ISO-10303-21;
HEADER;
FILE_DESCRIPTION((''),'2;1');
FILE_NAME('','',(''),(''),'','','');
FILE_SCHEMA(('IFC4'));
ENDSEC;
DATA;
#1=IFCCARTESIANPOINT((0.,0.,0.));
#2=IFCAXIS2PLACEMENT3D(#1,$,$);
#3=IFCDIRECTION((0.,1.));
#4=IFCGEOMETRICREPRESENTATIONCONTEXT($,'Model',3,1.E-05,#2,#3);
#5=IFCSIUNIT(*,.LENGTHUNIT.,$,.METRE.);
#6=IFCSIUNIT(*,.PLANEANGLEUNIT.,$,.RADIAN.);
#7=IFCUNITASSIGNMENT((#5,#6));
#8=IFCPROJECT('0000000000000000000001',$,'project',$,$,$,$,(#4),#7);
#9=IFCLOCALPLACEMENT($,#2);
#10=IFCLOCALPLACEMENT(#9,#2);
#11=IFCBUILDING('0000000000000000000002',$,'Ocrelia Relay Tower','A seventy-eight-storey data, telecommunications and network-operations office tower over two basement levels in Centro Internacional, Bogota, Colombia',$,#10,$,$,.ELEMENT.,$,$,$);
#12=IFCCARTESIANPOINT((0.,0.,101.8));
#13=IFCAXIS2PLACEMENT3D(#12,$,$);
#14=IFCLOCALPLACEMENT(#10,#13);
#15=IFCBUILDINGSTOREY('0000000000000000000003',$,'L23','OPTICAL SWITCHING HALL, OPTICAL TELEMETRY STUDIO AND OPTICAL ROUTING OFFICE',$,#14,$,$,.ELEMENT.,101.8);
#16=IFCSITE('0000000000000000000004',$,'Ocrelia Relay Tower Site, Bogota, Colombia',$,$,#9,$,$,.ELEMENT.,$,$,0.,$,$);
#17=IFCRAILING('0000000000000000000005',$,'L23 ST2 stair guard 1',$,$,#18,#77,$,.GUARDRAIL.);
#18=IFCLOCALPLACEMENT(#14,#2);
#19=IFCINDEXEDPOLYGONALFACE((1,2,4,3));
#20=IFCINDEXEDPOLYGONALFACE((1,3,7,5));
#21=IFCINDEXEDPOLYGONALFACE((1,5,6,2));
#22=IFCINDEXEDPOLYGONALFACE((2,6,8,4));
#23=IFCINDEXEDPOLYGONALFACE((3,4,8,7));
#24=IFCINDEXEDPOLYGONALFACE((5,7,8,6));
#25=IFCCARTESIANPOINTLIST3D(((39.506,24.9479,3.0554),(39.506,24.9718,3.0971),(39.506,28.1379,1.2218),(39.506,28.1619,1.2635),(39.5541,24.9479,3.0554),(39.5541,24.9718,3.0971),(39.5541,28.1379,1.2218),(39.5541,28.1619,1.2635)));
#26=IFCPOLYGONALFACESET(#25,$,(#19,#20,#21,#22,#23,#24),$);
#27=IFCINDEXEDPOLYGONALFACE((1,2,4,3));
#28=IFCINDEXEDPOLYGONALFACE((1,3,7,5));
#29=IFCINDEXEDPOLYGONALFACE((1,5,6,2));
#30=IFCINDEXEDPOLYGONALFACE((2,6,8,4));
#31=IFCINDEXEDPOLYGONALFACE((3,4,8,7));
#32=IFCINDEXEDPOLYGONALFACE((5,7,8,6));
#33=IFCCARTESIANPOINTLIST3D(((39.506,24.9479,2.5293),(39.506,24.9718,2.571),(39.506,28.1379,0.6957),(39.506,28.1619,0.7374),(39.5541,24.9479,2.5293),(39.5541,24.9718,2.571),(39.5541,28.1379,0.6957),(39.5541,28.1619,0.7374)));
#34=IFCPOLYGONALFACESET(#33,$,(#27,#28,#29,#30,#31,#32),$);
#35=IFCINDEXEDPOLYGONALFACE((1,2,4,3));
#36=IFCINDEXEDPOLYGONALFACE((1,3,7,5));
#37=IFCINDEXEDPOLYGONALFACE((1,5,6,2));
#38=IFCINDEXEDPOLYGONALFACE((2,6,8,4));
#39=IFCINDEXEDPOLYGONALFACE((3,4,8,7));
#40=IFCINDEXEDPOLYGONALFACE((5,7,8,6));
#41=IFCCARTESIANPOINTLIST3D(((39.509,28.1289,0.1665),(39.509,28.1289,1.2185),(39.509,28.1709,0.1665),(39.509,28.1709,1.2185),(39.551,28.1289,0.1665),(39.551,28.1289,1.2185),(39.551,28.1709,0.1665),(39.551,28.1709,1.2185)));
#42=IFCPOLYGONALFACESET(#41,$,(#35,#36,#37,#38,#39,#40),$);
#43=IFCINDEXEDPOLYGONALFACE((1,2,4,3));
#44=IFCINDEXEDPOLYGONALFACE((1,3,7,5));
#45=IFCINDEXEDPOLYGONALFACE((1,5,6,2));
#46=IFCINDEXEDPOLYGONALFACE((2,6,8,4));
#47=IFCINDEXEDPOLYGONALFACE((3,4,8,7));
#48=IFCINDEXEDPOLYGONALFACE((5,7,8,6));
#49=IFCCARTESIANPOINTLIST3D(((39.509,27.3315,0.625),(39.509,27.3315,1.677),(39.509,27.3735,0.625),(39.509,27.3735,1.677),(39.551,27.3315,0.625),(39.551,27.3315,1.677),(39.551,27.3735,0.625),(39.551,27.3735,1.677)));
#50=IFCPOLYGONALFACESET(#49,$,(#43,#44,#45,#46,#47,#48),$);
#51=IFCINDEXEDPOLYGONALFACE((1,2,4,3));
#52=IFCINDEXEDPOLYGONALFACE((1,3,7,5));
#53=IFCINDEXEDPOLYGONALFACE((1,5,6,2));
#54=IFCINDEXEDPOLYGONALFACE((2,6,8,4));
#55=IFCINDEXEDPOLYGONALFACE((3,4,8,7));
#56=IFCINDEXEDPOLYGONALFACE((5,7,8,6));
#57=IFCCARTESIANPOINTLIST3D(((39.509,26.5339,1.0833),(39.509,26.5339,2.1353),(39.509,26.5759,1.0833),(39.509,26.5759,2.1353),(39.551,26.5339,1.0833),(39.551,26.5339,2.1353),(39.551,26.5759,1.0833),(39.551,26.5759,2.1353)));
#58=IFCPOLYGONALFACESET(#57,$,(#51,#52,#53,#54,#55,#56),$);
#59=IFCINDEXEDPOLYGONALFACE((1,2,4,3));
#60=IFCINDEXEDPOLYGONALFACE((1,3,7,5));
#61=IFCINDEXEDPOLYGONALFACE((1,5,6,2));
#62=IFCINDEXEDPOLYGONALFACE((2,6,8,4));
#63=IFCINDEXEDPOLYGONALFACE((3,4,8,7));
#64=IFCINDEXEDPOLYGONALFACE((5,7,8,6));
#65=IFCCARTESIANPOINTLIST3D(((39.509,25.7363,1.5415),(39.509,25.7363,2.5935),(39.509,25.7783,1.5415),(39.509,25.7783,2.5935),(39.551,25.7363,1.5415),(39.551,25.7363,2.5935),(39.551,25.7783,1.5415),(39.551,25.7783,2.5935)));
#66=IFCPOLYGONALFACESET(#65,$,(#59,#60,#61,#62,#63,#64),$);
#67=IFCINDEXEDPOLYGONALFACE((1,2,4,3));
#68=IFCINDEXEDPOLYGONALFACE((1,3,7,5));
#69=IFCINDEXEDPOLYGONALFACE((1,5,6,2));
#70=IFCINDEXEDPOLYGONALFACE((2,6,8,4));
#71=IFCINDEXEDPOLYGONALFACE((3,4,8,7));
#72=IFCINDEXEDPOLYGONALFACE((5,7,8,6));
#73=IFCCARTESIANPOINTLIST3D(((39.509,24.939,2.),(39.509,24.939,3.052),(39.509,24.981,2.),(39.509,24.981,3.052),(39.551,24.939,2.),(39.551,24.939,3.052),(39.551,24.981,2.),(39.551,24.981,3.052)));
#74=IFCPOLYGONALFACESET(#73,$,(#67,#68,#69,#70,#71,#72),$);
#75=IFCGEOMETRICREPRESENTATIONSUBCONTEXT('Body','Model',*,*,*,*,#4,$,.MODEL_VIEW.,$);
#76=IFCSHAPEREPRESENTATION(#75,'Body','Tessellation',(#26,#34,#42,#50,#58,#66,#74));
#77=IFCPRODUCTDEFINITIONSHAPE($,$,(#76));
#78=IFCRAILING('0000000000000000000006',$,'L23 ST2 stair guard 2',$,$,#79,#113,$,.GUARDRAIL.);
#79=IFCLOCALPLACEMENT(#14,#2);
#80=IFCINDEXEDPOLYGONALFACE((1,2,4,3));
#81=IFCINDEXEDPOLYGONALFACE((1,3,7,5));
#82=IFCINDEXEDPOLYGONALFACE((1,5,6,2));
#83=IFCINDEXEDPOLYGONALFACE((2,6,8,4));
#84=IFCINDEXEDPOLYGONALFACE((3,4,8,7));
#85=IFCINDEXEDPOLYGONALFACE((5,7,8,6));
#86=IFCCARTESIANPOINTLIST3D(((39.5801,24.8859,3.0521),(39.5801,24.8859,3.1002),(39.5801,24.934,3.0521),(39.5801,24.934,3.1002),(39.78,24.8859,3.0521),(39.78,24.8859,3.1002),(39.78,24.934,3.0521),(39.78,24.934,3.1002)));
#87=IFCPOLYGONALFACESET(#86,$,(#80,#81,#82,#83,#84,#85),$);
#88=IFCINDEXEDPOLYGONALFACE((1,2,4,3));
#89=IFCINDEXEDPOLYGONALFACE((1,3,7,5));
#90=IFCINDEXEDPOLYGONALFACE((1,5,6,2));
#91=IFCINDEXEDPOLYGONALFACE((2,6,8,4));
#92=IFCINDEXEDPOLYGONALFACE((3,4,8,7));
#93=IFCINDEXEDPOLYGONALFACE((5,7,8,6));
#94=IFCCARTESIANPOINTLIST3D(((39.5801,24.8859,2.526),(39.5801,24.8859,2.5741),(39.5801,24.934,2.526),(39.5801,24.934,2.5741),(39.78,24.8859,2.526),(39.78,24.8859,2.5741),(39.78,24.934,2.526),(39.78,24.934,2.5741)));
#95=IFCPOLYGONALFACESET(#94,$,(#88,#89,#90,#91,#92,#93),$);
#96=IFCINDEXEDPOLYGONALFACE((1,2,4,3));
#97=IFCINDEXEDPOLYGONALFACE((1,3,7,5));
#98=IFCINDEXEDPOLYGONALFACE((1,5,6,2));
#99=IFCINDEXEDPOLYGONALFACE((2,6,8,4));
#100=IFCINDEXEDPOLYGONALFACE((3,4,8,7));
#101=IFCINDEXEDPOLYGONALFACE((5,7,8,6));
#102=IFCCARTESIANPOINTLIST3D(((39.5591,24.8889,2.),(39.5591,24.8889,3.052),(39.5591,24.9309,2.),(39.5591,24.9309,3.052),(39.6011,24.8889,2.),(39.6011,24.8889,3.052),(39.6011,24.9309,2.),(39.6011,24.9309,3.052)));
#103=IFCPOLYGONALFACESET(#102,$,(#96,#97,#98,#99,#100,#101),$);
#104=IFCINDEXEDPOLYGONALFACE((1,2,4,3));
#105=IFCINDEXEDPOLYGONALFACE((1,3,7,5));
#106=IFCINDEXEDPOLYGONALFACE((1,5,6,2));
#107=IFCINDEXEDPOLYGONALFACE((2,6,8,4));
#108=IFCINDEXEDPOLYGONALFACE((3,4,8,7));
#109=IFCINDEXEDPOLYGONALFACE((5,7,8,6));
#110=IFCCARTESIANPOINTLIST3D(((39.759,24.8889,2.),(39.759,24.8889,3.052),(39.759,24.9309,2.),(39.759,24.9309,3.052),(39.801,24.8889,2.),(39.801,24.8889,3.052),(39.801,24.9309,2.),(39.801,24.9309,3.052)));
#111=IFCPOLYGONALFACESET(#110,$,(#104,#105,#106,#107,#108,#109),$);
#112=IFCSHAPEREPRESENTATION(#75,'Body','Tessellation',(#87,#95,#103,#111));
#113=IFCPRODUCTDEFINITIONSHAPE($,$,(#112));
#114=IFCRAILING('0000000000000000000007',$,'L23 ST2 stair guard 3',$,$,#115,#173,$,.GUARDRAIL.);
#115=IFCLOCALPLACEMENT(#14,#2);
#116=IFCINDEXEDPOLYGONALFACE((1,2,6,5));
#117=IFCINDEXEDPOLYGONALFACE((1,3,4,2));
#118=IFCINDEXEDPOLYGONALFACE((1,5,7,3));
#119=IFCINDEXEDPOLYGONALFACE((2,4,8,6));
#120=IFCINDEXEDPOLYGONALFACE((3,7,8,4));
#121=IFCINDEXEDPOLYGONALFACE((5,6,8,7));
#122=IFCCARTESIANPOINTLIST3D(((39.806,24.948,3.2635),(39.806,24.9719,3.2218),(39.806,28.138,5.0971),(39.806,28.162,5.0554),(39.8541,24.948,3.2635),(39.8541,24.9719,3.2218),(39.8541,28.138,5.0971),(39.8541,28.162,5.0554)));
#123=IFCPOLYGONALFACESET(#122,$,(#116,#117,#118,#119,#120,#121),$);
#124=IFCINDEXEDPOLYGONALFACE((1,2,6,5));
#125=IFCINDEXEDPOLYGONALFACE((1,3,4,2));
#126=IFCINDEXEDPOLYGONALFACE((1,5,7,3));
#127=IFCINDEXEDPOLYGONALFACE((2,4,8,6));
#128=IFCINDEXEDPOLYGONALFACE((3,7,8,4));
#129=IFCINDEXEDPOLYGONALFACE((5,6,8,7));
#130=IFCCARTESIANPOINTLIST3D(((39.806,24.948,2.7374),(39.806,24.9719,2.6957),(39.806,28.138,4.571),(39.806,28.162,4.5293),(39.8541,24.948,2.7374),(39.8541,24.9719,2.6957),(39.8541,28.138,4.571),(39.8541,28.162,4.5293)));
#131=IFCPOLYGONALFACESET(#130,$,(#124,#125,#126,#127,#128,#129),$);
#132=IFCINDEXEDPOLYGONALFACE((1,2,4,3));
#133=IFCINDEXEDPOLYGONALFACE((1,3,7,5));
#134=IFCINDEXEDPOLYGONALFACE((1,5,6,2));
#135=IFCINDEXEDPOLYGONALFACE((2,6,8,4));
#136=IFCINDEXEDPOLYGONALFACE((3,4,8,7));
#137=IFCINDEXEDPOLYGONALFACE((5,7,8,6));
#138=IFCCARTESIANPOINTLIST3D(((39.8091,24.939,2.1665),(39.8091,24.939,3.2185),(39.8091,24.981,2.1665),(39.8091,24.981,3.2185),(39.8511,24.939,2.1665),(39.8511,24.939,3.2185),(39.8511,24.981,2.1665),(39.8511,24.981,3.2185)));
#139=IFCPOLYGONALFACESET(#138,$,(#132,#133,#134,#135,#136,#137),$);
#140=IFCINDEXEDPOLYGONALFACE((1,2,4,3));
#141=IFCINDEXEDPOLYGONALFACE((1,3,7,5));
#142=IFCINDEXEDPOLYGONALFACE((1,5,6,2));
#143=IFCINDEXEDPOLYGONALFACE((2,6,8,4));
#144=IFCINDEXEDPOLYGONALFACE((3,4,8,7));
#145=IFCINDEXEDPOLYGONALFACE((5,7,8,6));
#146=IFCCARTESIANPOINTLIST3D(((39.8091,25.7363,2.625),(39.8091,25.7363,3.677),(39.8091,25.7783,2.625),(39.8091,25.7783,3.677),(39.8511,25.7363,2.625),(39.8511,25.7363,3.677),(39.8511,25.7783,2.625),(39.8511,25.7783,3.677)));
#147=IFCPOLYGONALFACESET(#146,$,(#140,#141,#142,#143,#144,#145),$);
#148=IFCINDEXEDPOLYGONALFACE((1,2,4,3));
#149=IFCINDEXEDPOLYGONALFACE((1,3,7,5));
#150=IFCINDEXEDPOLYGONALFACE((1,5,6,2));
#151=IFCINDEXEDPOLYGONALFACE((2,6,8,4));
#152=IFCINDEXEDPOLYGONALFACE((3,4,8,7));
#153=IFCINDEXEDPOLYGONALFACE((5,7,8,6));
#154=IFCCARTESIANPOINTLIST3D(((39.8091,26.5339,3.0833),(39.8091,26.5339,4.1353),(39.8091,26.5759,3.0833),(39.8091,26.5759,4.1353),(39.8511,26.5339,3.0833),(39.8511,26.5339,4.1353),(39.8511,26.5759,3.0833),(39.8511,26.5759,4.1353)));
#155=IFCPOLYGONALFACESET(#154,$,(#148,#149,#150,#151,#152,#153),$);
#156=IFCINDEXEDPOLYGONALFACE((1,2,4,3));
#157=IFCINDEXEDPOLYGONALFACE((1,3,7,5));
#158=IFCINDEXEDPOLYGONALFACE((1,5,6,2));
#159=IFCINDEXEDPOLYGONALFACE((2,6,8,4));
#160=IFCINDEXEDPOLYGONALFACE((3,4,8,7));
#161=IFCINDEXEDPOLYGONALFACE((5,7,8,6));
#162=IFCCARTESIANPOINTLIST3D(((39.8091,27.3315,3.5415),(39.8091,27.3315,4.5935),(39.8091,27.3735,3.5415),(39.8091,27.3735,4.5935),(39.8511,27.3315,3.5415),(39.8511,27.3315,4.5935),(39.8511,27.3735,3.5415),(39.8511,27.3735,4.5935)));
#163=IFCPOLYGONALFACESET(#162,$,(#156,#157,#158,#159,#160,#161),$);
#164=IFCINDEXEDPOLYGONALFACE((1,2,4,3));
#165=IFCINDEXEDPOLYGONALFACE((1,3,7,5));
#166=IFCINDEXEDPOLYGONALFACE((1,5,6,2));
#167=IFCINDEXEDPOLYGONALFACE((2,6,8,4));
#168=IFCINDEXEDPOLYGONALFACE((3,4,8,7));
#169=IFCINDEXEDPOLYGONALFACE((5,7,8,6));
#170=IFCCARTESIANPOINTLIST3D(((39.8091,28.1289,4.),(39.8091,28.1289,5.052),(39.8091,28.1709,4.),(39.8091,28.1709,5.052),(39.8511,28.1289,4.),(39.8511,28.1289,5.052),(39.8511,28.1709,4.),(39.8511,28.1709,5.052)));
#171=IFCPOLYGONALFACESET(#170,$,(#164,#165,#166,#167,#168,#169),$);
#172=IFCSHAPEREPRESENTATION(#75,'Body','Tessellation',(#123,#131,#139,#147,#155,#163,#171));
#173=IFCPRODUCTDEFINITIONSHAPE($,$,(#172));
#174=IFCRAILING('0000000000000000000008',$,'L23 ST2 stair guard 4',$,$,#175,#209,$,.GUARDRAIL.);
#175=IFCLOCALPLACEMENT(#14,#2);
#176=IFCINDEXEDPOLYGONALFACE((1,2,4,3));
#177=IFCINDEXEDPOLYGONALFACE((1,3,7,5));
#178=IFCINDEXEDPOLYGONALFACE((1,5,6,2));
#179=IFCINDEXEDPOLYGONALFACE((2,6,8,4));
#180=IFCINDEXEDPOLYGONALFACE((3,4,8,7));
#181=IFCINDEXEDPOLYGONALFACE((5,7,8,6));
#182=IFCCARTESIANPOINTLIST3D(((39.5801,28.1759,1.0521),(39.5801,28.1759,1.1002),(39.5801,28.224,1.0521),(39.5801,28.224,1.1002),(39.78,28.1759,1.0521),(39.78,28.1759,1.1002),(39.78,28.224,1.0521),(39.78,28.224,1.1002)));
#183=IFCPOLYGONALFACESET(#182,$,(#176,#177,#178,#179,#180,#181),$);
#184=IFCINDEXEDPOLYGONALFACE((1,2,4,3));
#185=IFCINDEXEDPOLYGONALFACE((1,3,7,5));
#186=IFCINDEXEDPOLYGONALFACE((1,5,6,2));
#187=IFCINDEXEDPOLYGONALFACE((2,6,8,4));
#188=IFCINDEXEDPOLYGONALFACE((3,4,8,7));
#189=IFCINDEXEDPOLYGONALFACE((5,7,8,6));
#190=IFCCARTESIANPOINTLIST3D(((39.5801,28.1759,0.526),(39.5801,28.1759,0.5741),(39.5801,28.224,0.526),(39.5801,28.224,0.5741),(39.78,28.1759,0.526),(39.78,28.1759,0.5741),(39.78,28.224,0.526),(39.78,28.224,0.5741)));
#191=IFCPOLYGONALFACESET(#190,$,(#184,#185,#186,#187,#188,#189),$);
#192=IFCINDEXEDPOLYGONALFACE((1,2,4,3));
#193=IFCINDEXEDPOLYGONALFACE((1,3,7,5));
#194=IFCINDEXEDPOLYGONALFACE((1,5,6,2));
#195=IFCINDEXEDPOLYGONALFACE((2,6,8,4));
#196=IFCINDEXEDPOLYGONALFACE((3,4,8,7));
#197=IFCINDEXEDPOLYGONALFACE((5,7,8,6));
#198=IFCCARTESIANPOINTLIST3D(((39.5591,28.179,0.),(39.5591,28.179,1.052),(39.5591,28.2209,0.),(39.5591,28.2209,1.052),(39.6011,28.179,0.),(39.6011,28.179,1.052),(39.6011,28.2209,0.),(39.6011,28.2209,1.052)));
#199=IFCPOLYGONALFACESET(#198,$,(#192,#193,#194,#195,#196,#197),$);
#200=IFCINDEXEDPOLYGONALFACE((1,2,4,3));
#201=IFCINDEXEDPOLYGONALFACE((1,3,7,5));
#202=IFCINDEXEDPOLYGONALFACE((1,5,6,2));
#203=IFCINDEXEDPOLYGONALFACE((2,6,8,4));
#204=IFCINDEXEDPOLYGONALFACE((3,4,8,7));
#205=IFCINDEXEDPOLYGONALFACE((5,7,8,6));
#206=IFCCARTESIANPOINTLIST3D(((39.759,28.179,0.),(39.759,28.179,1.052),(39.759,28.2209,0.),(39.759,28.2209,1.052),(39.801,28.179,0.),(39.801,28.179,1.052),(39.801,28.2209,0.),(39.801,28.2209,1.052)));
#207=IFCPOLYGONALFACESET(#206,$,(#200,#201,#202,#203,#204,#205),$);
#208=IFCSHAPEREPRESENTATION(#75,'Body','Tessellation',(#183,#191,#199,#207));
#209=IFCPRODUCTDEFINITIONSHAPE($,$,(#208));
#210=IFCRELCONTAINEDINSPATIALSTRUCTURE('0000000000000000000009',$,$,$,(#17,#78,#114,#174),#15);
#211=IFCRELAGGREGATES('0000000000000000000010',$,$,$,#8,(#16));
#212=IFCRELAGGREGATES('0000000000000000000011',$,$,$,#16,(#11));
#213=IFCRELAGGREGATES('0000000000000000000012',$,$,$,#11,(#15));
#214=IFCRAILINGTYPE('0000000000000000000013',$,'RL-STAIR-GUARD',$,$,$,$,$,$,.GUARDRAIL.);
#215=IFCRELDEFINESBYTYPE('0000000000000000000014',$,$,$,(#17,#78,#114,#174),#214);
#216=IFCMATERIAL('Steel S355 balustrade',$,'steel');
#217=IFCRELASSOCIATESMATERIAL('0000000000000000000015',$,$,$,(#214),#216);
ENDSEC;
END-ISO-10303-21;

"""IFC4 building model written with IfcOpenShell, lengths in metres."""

from ifc_helpers import new_model, si_unit, direction, frame, origin, origin_2d, place, context, subcontext, project, spatial, rectangle, extrude, material, type_object, element, save


model = new_model("IFC4")

# Units and contexts
model_context = context("Model", 3, precision=1e-05, world=origin(), true_north=direction((0.0, 1.0)))
body_context = subcontext(model_context, "Body", "Model", "MODEL_VIEW")
ifc_project = project(units=[si_unit("LENGTHUNIT", "METRE"), si_unit("PLANEANGLEUNIT", "RADIAN")], contexts=[model_context])

# Site, building, storey
site_placement = place(None, origin())
site = spatial("IfcSite", under=ifc_project, at=site_placement, Name="Ocrelia Relay Tower Site, Bogota, Colombia", CompositionType="ELEMENT", RefElevation=0.0)
building_placement = place(site_placement, origin())
building = spatial("IfcBuilding", under=site, at=building_placement, Name="Ocrelia Relay Tower", Description="A seventy-eight-storey data, telecommunications and network-operations office tower over two basement levels in Centro Internacional, Bogota, Colombia", CompositionType="ELEMENT")
storey_placement = place(building_placement, frame((0.0, 0.0, 101.8)))
storey = spatial("IfcBuildingStorey", under=building, at=storey_placement, Name="L23", Description="OPTICAL SWITCHING HALL, OPTICAL TELEMETRY STUDIO AND OPTICAL ROUTING OFFICE", CompositionType="ELEMENT", Elevation=101.8)

# Railings
ifc_material_1 = material(Name="Steel S355 balustrade", Category="steel")
railing_type_1 = type_object("IfcRailingType", Name="RL-STAIR-GUARD", PredefinedType="GUARDRAIL", material=ifc_material_1)
railing_1_placement = place(storey_placement, frame((39.53, 28.1499, 0.1665)))
element("IfcRailing", 1, at=railing_1_placement, inside=storey, type_object=railing_type_1, Name="L23 ST2 stair guard 1", PredefinedType="GUARDRAIL", context=body_context, shape_type="SweptSolid", body=[
    extrude(rectangle(XDim=0.0481, YDim=0.0481, at=origin_2d()), frame((0.0, 0.0, 1.0762), z_axis=(0.0, -0.866991, 0.498324), x_axis=(1.0, 0.0, 0.0)), (0.0, 0.0, 1.0), 3.6794),
    extrude(rectangle(XDim=0.0481, YDim=0.0481, at=origin_2d()), frame((0.0, 0.0, 0.55), z_axis=(0.0, -0.866991, 0.498324), x_axis=(1.0, 0.0, 0.0)), (0.0, 0.0, 1.0), 3.6794),
    extrude(rectangle(XDim=0.042, YDim=0.042, at=origin_2d()), origin(), (0.0, 0.0, 1.0), 1.052),
    extrude(rectangle(XDim=0.042, YDim=0.042, at=origin_2d()), frame((0.0, -0.7974, 0.4585)), (0.0, 0.0, 1.0), 1.052),
    extrude(rectangle(XDim=0.042, YDim=0.042, at=origin_2d()), frame((0.0, -1.595, 0.9167)), (0.0, 0.0, 1.0), 1.052),
    extrude(rectangle(XDim=0.042, YDim=0.042, at=origin_2d()), frame((0.0, -2.3926, 1.375)), (0.0, 0.0, 1.0), 1.052),
    extrude(rectangle(XDim=0.042, YDim=0.042, at=origin_2d()), frame((0.0, -3.1899, 1.8335)), (0.0, 0.0, 1.0), 1.052),
])
railing_2_placement = place(storey_placement, frame((39.5801, 24.9099, 2.0)))
element("IfcRailing", 2, at=railing_2_placement, inside=storey, type_object=railing_type_1, Name="L23 ST2 stair guard 2", PredefinedType="GUARDRAIL", context=body_context, shape_type="SweptSolid", body=[
    extrude(rectangle(XDim=0.0481, YDim=0.0481, at=origin_2d()), frame((0.0, 0.0, 1.0762), z_axis=(1.0, 0.0, 0.0), x_axis=(0.0, 1.0, 0.0)), (0.0, 0.0, 1.0), 0.2),
    extrude(rectangle(XDim=0.0481, YDim=0.0481, at=origin_2d()), frame((0.0, 0.0, 0.55), z_axis=(1.0, 0.0, 0.0), x_axis=(0.0, 1.0, 0.0)), (0.0, 0.0, 1.0), 0.2),
    extrude(rectangle(XDim=0.042, YDim=0.042, at=origin_2d()), origin(), (0.0, 0.0, 1.0), 1.052),
    extrude(rectangle(XDim=0.042, YDim=0.042, at=origin_2d()), frame((0.2, 0.0, 0.0)), (0.0, 0.0, 1.0), 1.052),
])
railing_3_placement = place(storey_placement, frame((39.8301, 24.96, 2.1665)))
element("IfcRailing", 3, at=railing_3_placement, inside=storey, type_object=railing_type_1, Name="L23 ST2 stair guard 3", PredefinedType="GUARDRAIL", context=body_context, shape_type="SweptSolid", body=[
    extrude(rectangle(XDim=0.0481, YDim=0.0481, at=origin_2d()), frame((0.0, 0.0, 1.0762), z_axis=(0.0, 0.866991, 0.498324), x_axis=(-1.0, 0.0, 0.0)), (0.0, 0.0, 1.0), 3.6794),
    extrude(rectangle(XDim=0.0481, YDim=0.0481, at=origin_2d()), frame((0.0, 0.0, 0.55), z_axis=(0.0, 0.866991, 0.498324), x_axis=(-1.0, 0.0, 0.0)), (0.0, 0.0, 1.0), 3.6794),
    extrude(rectangle(XDim=0.042, YDim=0.042, at=origin_2d()), origin(), (0.0, 0.0, 1.0), 1.052),
    extrude(rectangle(XDim=0.042, YDim=0.042, at=origin_2d()), frame((0.0, 0.7974, 0.4585)), (0.0, 0.0, 1.0), 1.052),
    extrude(rectangle(XDim=0.042, YDim=0.042, at=origin_2d()), frame((0.0, 1.595, 0.9167)), (0.0, 0.0, 1.0), 1.052),
    extrude(rectangle(XDim=0.042, YDim=0.042, at=origin_2d()), frame((0.0, 2.3926, 1.375)), (0.0, 0.0, 1.0), 1.052),
    extrude(rectangle(XDim=0.042, YDim=0.042, at=origin_2d()), frame((0.0, 3.1899, 1.8335)), (0.0, 0.0, 1.0), 1.052),
])
railing_4_placement = place(storey_placement, frame((39.5801, 28.2, 0.0)))
element("IfcRailing", 4, at=railing_4_placement, inside=storey, type_object=railing_type_1, Name="L23 ST2 stair guard 4", PredefinedType="GUARDRAIL", context=body_context, shape_type="SweptSolid", body=[
    extrude(rectangle(XDim=0.0481, YDim=0.0481, at=origin_2d()), frame((0.0, 0.0, 1.0762), z_axis=(1.0, 0.0, 0.0), x_axis=(0.0, 1.0, 0.0)), (0.0, 0.0, 1.0), 0.2),
    extrude(rectangle(XDim=0.0481, YDim=0.0481, at=origin_2d()), frame((0.0, 0.0, 0.55), z_axis=(1.0, 0.0, 0.0), x_axis=(0.0, 1.0, 0.0)), (0.0, 0.0, 1.0), 0.2),
    extrude(rectangle(XDim=0.042, YDim=0.042, at=origin_2d()), origin(), (0.0, 0.0, 1.0), 1.052),
    extrude(rectangle(XDim=0.042, YDim=0.042, at=origin_2d()), frame((0.2, 0.0, 0.0)), (0.0, 0.0, 1.0), 1.052),
])

save(model, "model.ifc")
